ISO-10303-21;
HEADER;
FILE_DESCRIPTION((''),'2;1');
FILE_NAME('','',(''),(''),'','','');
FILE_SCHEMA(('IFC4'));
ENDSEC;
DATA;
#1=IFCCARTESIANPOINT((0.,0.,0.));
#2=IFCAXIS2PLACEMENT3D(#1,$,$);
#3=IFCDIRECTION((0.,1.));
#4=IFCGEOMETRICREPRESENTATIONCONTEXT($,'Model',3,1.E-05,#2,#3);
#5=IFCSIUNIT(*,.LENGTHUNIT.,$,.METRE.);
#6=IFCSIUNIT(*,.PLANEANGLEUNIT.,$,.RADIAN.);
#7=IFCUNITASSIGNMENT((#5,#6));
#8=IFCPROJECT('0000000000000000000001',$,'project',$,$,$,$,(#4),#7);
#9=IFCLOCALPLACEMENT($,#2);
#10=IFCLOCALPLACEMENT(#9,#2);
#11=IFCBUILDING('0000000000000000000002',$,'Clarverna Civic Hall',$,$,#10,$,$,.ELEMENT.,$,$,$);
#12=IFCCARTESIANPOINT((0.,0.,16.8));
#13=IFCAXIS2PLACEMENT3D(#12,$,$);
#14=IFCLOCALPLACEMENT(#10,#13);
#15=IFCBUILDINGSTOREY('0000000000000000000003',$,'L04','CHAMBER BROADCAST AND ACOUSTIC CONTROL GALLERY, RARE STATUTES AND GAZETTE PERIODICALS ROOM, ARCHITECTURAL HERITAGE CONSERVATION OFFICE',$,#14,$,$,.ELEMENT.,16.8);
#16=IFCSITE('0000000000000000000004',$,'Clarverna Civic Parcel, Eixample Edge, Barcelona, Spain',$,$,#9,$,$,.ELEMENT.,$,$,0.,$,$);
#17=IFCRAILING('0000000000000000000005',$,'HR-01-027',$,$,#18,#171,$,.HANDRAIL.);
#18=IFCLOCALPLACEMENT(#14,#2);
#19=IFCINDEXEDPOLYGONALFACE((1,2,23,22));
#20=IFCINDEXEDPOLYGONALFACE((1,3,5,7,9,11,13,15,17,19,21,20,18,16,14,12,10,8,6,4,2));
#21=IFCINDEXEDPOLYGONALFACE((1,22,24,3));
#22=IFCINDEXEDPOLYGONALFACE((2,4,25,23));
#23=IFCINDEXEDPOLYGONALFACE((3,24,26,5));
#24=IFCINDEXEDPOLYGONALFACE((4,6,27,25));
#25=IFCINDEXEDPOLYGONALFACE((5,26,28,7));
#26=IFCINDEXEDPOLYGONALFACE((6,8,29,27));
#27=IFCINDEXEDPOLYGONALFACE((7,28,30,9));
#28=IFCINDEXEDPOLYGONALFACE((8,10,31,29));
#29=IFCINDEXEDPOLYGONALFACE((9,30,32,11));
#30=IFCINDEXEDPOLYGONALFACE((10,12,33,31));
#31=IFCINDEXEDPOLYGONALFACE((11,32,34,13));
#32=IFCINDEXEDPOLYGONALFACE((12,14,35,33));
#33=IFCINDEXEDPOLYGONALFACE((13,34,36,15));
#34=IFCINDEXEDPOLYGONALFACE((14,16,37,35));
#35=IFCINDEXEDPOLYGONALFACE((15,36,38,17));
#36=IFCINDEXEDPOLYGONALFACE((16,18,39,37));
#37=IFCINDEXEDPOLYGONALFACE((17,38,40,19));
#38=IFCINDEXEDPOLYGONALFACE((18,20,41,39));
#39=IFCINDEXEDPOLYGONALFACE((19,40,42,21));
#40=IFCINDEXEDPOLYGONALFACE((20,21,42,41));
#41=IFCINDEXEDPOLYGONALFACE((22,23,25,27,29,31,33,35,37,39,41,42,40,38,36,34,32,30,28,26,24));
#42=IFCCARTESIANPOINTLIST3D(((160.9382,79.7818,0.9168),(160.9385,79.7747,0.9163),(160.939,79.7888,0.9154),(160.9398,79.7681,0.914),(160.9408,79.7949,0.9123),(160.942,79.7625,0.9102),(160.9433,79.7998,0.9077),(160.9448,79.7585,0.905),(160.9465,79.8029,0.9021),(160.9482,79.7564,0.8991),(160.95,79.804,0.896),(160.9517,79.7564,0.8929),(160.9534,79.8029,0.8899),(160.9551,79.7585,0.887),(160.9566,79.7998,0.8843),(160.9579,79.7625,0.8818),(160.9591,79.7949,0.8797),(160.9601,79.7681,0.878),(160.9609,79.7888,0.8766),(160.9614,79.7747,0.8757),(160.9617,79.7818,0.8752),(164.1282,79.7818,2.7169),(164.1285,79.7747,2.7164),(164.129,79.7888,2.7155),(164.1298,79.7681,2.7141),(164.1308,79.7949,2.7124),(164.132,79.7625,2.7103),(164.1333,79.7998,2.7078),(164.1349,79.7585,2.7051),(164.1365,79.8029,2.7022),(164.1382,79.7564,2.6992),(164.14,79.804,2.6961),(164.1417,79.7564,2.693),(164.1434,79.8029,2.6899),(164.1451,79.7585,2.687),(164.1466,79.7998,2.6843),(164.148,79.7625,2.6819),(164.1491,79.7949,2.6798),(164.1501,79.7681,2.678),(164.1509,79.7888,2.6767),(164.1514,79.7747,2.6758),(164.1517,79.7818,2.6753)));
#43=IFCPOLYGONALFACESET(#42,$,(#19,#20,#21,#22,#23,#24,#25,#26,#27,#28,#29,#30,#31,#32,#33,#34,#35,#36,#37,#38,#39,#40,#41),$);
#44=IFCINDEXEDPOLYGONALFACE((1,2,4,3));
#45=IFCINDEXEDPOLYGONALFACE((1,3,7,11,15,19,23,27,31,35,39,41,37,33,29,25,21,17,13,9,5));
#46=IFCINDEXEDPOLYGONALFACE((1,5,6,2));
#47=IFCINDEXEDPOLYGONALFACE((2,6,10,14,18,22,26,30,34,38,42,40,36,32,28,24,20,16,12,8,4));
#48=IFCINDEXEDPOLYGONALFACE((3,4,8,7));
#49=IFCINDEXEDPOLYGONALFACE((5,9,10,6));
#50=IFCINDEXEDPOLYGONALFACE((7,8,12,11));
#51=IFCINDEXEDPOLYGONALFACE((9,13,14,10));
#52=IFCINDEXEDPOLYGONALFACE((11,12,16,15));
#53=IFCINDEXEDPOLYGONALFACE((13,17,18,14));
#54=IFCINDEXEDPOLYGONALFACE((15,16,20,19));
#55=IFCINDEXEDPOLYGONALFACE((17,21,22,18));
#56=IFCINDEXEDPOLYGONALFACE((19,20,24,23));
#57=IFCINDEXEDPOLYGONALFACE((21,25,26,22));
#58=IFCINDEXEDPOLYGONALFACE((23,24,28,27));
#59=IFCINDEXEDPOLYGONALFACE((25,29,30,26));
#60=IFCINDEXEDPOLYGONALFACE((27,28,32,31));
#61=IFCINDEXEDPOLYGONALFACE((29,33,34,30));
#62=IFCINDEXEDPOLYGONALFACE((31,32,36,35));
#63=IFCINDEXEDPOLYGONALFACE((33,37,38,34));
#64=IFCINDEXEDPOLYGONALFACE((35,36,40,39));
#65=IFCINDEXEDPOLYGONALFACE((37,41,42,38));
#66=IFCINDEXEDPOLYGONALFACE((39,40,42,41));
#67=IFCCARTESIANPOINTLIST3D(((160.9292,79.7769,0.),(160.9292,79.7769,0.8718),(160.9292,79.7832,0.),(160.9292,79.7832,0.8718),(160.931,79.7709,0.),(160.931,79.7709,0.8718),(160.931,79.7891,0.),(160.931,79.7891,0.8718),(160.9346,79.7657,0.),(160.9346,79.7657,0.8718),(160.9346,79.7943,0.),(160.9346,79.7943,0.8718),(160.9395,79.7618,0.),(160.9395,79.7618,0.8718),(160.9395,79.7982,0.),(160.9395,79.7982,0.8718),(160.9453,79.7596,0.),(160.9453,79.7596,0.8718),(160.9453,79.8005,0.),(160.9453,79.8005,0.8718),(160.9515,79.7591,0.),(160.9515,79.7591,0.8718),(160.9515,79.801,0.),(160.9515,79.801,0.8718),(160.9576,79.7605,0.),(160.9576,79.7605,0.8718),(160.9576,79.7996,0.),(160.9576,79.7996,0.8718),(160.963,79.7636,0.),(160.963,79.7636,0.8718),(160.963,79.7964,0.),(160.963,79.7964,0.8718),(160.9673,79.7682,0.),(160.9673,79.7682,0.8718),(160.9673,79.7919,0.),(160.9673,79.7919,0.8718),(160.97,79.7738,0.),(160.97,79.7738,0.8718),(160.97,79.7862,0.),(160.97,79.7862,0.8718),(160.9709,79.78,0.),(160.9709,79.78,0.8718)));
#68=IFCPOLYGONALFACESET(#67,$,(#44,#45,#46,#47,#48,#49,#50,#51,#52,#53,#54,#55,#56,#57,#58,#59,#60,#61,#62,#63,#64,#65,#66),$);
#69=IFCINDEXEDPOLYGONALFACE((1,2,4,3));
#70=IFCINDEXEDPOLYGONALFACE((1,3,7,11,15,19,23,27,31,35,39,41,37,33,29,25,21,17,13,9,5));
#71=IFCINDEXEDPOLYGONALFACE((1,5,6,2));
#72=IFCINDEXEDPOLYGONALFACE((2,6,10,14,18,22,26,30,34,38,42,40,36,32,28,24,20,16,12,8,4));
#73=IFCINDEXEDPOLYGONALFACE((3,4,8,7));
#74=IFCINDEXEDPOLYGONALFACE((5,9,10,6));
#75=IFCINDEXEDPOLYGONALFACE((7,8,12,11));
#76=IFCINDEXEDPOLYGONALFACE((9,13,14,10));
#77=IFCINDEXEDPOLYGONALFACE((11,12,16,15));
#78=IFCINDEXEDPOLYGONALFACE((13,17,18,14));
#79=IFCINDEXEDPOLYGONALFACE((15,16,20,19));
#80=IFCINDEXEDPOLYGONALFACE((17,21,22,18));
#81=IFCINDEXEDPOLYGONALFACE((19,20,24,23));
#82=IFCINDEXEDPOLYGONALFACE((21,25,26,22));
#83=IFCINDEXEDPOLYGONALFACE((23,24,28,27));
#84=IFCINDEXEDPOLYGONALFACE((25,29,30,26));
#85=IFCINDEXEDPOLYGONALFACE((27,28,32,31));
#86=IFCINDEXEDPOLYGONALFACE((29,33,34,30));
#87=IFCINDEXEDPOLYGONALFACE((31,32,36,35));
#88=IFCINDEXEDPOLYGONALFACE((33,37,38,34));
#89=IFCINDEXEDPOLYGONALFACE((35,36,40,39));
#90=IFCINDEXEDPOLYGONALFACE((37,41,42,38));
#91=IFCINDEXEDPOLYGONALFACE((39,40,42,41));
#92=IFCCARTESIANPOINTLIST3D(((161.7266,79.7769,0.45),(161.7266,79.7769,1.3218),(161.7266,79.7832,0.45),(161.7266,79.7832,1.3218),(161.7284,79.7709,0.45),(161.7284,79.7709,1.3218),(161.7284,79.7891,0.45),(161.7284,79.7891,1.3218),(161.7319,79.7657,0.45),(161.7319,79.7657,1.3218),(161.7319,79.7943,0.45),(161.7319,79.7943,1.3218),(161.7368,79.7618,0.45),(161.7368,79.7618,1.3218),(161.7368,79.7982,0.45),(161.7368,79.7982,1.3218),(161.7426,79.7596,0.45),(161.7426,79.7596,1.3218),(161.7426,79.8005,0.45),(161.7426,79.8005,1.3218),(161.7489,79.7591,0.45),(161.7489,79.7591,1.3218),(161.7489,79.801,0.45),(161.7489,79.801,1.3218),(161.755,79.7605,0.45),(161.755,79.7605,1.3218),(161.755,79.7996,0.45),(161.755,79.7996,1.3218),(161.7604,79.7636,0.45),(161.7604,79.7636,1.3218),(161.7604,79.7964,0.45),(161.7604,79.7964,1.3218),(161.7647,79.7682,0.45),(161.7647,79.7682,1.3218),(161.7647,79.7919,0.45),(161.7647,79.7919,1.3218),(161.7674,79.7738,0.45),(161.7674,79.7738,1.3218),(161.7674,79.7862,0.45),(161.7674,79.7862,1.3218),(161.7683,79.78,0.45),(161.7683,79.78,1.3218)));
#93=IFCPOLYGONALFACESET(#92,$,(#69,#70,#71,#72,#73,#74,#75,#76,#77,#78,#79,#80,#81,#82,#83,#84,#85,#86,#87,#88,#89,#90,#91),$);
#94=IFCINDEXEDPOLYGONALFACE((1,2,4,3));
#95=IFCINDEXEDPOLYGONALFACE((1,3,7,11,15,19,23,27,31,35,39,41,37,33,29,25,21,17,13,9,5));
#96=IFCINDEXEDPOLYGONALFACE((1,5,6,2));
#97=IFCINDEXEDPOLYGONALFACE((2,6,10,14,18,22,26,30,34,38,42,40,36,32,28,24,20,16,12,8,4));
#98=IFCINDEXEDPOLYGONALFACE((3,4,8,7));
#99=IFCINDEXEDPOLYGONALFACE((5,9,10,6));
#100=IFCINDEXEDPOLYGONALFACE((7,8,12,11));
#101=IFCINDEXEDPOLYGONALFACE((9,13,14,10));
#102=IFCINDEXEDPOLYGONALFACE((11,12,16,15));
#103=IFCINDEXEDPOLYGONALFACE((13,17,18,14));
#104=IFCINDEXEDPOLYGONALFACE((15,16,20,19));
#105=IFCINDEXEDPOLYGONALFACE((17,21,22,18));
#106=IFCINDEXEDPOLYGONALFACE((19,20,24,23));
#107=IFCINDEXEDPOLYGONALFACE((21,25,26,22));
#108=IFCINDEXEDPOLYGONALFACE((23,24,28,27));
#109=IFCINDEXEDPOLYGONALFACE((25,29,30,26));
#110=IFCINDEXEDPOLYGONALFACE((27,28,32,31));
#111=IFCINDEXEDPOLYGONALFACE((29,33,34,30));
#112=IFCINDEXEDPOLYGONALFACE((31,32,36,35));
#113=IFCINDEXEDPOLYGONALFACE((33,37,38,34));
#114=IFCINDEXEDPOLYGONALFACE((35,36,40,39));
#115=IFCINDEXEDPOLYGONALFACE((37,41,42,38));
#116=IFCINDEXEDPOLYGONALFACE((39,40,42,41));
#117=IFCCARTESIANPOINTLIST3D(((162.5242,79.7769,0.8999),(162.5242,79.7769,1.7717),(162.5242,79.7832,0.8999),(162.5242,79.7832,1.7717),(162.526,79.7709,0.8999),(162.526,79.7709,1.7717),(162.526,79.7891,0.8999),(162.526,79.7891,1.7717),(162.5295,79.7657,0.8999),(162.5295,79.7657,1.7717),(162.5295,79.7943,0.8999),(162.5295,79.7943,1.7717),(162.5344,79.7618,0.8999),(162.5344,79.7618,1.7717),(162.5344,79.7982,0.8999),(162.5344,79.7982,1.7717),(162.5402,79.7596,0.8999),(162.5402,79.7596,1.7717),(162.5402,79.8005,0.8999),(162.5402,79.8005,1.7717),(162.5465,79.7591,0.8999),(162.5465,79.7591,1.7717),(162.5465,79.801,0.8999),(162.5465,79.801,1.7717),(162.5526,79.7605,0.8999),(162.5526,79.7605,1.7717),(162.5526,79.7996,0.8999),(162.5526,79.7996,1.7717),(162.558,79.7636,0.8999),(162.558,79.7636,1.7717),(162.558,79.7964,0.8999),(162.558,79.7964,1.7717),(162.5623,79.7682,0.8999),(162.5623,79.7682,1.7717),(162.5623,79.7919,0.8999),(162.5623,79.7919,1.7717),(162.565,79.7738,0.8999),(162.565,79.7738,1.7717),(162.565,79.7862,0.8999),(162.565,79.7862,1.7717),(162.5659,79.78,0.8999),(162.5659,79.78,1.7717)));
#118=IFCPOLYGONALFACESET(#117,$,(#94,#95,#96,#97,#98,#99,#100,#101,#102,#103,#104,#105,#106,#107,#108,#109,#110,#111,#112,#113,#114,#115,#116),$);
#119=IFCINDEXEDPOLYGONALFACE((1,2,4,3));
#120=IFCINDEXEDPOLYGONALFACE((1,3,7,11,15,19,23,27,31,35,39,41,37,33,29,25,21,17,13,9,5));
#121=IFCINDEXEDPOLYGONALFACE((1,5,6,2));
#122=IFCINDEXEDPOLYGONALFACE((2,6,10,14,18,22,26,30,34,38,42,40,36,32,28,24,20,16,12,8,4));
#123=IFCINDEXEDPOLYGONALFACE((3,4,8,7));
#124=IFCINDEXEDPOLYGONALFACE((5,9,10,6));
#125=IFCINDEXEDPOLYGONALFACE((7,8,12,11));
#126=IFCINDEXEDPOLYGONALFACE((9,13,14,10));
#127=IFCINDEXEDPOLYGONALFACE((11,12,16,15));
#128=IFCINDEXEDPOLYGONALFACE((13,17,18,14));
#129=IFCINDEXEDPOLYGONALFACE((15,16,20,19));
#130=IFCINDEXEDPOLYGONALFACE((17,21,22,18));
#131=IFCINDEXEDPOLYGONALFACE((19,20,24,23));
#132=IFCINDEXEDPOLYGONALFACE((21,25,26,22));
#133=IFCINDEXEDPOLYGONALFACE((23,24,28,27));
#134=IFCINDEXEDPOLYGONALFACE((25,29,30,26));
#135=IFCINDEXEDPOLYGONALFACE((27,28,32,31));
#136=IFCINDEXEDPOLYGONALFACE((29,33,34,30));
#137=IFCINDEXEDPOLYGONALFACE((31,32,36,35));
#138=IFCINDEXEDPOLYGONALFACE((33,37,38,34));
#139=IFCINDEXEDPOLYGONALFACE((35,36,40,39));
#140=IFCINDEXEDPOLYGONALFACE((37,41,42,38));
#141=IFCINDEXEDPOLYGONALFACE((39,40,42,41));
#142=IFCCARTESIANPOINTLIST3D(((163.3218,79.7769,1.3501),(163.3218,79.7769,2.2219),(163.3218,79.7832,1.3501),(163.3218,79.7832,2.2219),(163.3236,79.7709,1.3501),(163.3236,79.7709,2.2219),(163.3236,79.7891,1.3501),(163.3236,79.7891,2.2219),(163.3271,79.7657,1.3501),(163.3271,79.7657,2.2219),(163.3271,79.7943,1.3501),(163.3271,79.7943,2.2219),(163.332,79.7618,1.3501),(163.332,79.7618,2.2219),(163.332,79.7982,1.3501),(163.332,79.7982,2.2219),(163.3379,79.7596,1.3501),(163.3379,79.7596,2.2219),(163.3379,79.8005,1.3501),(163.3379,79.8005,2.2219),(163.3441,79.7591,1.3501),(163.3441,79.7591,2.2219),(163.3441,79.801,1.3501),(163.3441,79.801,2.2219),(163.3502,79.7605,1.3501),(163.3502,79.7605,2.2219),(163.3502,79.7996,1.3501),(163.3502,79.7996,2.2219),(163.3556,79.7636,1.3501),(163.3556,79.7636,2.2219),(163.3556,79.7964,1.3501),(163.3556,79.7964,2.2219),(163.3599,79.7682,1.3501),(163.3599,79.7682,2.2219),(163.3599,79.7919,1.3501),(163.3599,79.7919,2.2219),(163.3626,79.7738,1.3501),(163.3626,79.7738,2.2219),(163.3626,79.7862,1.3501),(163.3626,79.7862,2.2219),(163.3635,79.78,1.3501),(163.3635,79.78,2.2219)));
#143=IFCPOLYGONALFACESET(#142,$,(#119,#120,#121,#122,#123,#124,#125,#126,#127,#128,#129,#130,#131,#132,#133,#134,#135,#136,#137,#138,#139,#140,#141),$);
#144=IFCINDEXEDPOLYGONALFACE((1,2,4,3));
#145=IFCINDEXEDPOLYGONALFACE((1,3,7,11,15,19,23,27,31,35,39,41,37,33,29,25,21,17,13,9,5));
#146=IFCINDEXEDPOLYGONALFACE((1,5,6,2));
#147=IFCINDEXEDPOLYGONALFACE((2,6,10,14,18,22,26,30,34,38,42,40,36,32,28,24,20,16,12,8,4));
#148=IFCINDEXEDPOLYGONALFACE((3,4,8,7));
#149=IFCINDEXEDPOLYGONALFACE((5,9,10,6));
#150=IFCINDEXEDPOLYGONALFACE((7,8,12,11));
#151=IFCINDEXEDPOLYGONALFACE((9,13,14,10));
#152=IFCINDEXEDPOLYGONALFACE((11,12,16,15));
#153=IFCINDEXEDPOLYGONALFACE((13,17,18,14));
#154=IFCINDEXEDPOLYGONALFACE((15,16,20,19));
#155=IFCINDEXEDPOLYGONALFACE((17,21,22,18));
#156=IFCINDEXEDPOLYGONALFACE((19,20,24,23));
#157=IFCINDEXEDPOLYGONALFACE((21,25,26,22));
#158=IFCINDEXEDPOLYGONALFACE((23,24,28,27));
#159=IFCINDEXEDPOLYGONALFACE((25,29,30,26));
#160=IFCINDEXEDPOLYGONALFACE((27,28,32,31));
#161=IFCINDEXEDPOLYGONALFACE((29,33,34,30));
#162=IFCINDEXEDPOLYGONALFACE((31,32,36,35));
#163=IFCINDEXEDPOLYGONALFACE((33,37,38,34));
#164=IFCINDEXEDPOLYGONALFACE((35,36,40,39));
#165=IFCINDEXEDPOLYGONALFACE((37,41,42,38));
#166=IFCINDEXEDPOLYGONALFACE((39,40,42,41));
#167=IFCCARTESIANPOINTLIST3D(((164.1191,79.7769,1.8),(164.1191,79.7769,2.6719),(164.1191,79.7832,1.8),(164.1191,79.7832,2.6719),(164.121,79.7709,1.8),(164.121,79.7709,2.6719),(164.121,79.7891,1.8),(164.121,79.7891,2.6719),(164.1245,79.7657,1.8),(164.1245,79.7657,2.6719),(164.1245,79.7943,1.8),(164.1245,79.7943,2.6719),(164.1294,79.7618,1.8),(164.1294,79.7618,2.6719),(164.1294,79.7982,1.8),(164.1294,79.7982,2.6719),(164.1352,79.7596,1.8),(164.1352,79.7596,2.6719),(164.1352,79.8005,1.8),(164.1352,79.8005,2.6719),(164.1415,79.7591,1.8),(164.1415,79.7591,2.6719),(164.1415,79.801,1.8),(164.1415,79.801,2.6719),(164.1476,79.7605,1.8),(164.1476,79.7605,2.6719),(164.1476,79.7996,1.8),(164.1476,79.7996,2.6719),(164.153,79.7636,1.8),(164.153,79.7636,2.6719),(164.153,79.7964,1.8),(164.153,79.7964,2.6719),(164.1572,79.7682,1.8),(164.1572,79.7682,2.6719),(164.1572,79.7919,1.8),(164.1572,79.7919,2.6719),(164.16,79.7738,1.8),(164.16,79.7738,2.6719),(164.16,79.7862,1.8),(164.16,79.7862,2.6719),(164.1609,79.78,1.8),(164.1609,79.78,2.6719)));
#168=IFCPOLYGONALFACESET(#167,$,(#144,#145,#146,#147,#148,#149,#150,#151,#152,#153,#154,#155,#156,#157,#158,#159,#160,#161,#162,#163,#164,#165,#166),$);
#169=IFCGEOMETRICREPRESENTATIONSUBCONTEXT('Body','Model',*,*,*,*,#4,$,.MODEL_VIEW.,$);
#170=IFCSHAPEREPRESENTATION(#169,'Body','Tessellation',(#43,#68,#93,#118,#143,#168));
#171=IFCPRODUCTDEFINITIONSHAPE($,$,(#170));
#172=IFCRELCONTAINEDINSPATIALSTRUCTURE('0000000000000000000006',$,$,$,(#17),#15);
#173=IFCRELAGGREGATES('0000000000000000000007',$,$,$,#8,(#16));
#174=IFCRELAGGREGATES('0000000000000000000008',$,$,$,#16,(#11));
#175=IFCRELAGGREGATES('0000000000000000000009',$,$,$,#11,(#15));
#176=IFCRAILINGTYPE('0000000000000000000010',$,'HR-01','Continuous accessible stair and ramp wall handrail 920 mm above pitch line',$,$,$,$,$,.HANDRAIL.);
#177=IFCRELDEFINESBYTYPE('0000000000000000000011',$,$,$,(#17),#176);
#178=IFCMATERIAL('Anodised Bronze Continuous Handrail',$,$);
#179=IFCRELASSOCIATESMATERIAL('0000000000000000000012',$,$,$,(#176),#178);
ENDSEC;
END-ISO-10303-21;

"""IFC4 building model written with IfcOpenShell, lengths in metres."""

from ifc_helpers import new_model, si_unit, direction, frame, origin, origin_2d, place, context, subcontext, project, spatial, circle, extrude, material, type_object, element, save


model = new_model("IFC4")

# Units and contexts
model_context = context("Model", 3, precision=1e-05, world=origin(), true_north=direction((0.0, 1.0)))
body_context = subcontext(model_context, "Body", "Model", "MODEL_VIEW")
ifc_project = project(units=[si_unit("LENGTHUNIT", "METRE"), si_unit("PLANEANGLEUNIT", "RADIAN")], contexts=[model_context])

# Site, building, storey
site_placement = place(None, origin())
site = spatial("IfcSite", under=ifc_project, at=site_placement, Name="Clarverna Civic Parcel, Eixample Edge, Barcelona, Spain", CompositionType="ELEMENT", RefElevation=0.0)
building_placement = place(site_placement, origin())
building = spatial("IfcBuilding", under=site, at=building_placement, Name="Clarverna Civic Hall", CompositionType="ELEMENT")
storey_placement = place(building_placement, frame((0.0, 0.0, 16.8)))
storey = spatial("IfcBuildingStorey", under=building, at=storey_placement, Name="L04", Description="CHAMBER BROADCAST AND ACOUSTIC CONTROL GALLERY, RARE STATUTES AND GAZETTE PERIODICALS ROOM, ARCHITECTURAL HERITAGE CONSERVATION OFFICE", CompositionType="ELEMENT", Elevation=16.8)

# Railing
ifc_material_1 = material(Name="Anodised Bronze Continuous Handrail")
railing_type_1 = type_object("IfcRailingType", Name="HR-01", Description="Continuous accessible stair and ramp wall handrail 920 mm above pitch line", PredefinedType="HANDRAIL", material=ifc_material_1)
railing_1_placement = place(storey_placement, frame((160.95, 79.78, 0.0)))
element("IfcRailing", 1, at=railing_1_placement, inside=storey, type_object=railing_type_1, Name="HR-01-027", PredefinedType="HANDRAIL", context=body_context, shape_type="SweptSolid", body=[
    extrude(circle(Radius=0.0239, at=origin_2d()), frame((0.0, 0.0, 0.896), z_axis=(0.870909, 0.0, 0.491444), x_axis=(0.0, 1.0, 0.0)), (0.0, 0.0, 1.0), 3.6628),
    extrude(circle(Radius=0.021, at=origin_2d()), origin(), (0.0, 0.0, 1.0), 0.8718),
    extrude(circle(Radius=0.021, at=origin_2d()), frame((0.7974, 0.0, 0.45)), (0.0, 0.0, 1.0), 0.8718),
    extrude(circle(Radius=0.021, at=origin_2d()), frame((1.595, 0.0, 0.8999)), (0.0, 0.0, 1.0), 0.8718),
    extrude(circle(Radius=0.021, at=origin_2d()), frame((2.3926, 0.0, 1.3501)), (0.0, 0.0, 1.0), 0.8718),
    extrude(circle(Radius=0.021, at=origin_2d()), frame((3.1899, 0.0, 1.8)), (0.0, 0.0, 1.0), 0.8718),
])

save(model, "model.ifc")
